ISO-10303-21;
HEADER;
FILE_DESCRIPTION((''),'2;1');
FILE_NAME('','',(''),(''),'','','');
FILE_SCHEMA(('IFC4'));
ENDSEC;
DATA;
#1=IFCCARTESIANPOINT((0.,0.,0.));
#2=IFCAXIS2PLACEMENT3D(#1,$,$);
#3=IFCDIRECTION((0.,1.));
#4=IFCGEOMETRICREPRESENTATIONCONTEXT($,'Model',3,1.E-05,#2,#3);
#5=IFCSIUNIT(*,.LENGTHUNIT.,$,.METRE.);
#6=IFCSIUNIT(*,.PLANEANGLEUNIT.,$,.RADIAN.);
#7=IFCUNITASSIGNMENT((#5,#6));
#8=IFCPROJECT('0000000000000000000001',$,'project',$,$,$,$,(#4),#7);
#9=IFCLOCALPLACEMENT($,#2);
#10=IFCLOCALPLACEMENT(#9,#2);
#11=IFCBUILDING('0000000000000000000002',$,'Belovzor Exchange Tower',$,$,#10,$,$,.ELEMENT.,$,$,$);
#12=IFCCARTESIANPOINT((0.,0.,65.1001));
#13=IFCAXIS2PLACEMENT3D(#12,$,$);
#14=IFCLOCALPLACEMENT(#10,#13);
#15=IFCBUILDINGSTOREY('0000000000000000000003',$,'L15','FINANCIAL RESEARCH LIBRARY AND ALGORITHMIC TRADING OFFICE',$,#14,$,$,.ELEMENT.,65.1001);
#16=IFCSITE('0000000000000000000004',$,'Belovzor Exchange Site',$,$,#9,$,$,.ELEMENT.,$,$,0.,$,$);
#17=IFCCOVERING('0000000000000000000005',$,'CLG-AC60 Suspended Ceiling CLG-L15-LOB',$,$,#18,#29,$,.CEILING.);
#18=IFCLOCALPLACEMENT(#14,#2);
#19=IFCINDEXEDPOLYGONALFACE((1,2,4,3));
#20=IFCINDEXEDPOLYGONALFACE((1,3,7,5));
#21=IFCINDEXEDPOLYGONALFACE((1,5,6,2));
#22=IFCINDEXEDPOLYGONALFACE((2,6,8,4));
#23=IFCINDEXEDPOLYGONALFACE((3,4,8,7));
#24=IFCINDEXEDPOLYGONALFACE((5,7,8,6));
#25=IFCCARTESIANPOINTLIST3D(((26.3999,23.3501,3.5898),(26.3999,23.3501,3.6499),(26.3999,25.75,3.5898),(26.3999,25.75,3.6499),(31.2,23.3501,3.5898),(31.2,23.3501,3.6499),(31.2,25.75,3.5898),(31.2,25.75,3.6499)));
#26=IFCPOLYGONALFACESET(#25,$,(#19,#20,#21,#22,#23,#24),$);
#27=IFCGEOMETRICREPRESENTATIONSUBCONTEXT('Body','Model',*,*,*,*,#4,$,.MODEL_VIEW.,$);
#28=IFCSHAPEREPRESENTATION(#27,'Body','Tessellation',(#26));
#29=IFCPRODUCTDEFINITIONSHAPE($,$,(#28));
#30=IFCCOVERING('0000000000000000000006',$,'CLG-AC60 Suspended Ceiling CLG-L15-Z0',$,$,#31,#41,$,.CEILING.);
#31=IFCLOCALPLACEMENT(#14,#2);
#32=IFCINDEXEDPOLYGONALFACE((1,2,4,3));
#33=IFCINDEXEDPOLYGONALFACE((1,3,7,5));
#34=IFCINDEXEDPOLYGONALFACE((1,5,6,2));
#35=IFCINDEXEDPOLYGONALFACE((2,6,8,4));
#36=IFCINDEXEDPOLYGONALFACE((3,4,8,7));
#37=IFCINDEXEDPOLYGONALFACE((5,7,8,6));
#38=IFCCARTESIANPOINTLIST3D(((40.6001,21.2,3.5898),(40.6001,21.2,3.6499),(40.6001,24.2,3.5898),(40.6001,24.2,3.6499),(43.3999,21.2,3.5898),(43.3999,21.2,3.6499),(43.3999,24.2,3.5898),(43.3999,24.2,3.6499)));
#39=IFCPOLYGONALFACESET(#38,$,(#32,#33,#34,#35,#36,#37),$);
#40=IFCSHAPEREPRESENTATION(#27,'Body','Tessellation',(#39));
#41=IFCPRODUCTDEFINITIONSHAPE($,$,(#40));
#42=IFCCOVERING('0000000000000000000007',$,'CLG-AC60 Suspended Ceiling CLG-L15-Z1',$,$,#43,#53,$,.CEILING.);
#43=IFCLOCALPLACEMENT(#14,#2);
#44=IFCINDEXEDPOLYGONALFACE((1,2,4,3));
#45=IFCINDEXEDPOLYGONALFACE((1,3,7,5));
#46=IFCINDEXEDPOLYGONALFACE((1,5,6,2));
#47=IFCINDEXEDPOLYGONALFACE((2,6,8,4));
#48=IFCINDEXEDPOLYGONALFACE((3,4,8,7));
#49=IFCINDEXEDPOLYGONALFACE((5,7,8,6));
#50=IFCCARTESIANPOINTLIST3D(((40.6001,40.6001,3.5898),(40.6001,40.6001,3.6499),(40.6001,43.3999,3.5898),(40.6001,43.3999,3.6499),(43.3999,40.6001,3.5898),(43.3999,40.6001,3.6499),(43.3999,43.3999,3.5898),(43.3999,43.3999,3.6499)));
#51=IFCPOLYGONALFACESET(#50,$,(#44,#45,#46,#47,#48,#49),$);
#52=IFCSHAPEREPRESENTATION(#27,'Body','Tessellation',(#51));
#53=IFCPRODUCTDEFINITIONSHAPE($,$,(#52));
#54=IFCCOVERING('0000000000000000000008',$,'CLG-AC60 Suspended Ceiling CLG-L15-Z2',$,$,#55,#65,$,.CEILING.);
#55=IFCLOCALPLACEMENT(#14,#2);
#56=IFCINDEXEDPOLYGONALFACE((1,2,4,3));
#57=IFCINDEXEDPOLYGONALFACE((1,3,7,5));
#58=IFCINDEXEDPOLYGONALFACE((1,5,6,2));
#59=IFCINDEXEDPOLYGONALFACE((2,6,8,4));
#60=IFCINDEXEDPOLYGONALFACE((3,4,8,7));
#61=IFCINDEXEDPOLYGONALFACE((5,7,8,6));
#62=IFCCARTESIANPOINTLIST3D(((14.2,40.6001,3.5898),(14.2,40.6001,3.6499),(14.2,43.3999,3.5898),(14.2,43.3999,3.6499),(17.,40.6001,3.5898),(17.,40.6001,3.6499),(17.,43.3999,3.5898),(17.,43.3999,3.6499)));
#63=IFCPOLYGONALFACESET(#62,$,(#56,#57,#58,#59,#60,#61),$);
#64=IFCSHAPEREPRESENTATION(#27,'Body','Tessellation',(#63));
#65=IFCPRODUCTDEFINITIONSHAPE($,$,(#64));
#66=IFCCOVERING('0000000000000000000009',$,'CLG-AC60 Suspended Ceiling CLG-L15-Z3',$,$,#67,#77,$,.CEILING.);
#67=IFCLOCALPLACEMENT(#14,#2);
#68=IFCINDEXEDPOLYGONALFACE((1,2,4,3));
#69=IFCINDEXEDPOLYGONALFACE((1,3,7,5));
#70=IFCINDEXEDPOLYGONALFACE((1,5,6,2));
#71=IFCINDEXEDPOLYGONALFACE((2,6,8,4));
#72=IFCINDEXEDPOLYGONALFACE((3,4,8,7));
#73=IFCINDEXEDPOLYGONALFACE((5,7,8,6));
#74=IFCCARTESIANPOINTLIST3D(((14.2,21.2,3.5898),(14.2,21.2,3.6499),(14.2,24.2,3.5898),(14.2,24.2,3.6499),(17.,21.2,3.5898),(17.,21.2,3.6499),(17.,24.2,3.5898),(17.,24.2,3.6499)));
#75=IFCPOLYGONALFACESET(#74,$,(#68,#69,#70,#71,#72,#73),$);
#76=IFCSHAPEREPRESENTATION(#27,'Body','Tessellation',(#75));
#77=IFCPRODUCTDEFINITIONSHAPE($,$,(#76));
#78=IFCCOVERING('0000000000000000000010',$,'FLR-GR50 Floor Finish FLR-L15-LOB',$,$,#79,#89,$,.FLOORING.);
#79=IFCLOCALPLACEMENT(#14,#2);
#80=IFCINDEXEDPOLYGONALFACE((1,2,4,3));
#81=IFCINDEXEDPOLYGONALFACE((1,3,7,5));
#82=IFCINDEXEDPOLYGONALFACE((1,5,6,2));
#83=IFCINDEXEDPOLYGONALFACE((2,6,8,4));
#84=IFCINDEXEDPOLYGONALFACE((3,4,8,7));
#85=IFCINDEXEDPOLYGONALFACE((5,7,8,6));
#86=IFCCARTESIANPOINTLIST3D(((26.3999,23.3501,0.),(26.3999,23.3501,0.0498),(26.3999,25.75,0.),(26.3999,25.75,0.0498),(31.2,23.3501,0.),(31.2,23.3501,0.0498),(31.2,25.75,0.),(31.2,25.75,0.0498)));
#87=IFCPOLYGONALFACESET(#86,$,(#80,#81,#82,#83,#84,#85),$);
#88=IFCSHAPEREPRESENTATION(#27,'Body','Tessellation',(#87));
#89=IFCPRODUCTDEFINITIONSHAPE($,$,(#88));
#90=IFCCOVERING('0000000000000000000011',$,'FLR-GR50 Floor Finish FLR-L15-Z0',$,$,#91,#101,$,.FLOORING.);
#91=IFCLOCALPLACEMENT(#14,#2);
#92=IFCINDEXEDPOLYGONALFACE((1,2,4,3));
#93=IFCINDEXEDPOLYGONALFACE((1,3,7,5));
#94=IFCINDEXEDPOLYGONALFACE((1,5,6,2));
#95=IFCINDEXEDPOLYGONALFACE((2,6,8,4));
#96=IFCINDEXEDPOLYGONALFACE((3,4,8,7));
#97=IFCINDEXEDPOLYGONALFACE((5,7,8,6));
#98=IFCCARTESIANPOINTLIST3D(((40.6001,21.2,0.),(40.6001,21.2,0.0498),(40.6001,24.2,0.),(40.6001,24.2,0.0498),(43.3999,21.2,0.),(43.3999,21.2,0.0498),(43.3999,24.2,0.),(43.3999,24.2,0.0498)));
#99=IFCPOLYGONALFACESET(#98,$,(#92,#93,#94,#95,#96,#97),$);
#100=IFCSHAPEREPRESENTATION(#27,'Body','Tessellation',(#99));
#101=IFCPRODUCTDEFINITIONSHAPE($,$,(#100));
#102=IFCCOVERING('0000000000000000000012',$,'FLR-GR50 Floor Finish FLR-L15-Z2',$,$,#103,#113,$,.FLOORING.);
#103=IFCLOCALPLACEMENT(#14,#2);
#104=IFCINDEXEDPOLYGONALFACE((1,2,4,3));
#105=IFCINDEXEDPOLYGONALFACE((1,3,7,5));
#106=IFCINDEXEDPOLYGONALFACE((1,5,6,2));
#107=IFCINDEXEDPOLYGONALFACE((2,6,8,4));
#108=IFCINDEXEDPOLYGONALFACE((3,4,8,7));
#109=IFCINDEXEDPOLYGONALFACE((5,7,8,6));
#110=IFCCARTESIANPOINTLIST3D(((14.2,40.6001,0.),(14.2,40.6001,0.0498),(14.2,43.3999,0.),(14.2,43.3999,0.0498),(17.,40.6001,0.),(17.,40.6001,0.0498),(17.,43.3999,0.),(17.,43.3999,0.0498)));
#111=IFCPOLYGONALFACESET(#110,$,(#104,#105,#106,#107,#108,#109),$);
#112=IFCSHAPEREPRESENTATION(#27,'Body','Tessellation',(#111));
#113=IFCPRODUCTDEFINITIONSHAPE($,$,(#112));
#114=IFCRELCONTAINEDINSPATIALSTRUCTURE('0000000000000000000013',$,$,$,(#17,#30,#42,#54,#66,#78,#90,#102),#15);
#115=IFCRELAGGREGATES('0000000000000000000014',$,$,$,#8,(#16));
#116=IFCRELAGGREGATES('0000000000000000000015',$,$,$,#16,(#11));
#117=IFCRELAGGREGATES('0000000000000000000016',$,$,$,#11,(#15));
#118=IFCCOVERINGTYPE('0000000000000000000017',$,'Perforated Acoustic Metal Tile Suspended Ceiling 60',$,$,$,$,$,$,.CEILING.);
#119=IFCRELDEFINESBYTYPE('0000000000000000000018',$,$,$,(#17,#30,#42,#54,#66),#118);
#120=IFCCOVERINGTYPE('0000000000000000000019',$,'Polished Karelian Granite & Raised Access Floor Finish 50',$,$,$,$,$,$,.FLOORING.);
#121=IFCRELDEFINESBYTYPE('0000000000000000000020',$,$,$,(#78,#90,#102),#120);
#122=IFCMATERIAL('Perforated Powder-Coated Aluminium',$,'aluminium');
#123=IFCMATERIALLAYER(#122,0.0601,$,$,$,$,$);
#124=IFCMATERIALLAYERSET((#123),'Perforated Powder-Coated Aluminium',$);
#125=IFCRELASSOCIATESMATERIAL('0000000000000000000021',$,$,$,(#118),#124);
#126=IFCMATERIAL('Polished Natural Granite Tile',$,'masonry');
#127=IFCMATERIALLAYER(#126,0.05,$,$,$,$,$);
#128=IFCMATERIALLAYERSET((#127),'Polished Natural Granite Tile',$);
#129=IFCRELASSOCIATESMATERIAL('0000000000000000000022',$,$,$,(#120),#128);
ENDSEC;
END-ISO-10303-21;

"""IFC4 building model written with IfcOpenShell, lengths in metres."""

from ifc_helpers import new_model, si_unit, direction, frame, origin, place, context, subcontext, project, spatial, polyline, outline, extrude, material, layer, layer_set, type_object, element, save


model = new_model("IFC4")

# Units and contexts
model_context = context("Model", 3, precision=1e-05, world=origin(), true_north=direction((0.0, 1.0)))
body_context = subcontext(model_context, "Body", "Model", "MODEL_VIEW")
ifc_project = project(units=[si_unit("LENGTHUNIT", "METRE"), si_unit("PLANEANGLEUNIT", "RADIAN")], contexts=[model_context])

# Site, building, storey
site_placement = place(None, origin())
site = spatial("IfcSite", under=ifc_project, at=site_placement, Name="Belovzor Exchange Site", CompositionType="ELEMENT", RefElevation=0.0)
building_placement = place(site_placement, origin())
building = spatial("IfcBuilding", under=site, at=building_placement, Name="Belovzor Exchange Tower", CompositionType="ELEMENT")
storey_placement = place(building_placement, frame((0.0, 0.0, 65.1001)))
storey = spatial("IfcBuildingStorey", under=building, at=storey_placement, Name="L15", Description="FINANCIAL RESEARCH LIBRARY AND ALGORITHMIC TRADING OFFICE", CompositionType="ELEMENT", Elevation=65.1001)

# Coverings
ifc_material_1 = material(Name="Perforated Powder-Coated Aluminium", Category="aluminium")
ifc_layer_1 = layer(ifc_material_1, 0.0601)
ifc_layer_set_1 = layer_set([ifc_layer_1], Name="Perforated Powder-Coated Aluminium")
covering_type_1 = type_object("IfcCoveringType", Name="Perforated Acoustic Metal Tile Suspended Ceiling 60", PredefinedType="CEILING", material=ifc_layer_set_1)
covering_1_placement = place(storey_placement, frame((0.0, 0.0, 3.5898)))
element("IfcCovering", 1, at=covering_1_placement, inside=storey, type_object=covering_type_1, Name="CLG-AC60 Suspended Ceiling CLG-L15-LOB", PredefinedType="CEILING", context=body_context, shape_type="SweptSolid", body=[
    extrude(outline(polyline([(26.3999, 23.3501), (31.2, 23.3501), (31.2, 25.75), (26.3999, 25.75), (26.3999, 23.3501)])), origin(), (0.0, 0.0, 1.0), 0.0601),
])
covering_2_placement = place(storey_placement, frame((0.0, 0.0, 3.5898)))
element("IfcCovering", 2, at=covering_2_placement, inside=storey, type_object=covering_type_1, Name="CLG-AC60 Suspended Ceiling CLG-L15-Z0", PredefinedType="CEILING", context=body_context, shape_type="SweptSolid", body=[
    extrude(outline(polyline([(40.6001, 21.2), (43.3999, 21.2), (43.3999, 24.2), (40.6001, 24.2), (40.6001, 21.2)])), origin(), (0.0, 0.0, 1.0), 0.0601),
])
covering_3_placement = place(storey_placement, frame((0.0, 0.0, 3.5898)))
element("IfcCovering", 3, at=covering_3_placement, inside=storey, type_object=covering_type_1, Name="CLG-AC60 Suspended Ceiling CLG-L15-Z1", PredefinedType="CEILING", context=body_context, shape_type="SweptSolid", body=[
    extrude(outline(polyline([(40.6001, 40.6001), (43.3999, 40.6001), (43.3999, 43.3999), (40.6001, 43.3999), (40.6001, 40.6001)])), origin(), (0.0, 0.0, 1.0), 0.0601),
])
covering_4_placement = place(storey_placement, frame((0.0, 0.0, 3.5898)))
element("IfcCovering", 4, at=covering_4_placement, inside=storey, type_object=covering_type_1, Name="CLG-AC60 Suspended Ceiling CLG-L15-Z2", PredefinedType="CEILING", context=body_context, shape_type="SweptSolid", body=[
    extrude(outline(polyline([(14.2, 40.6001), (17.0, 40.6001), (17.0, 43.3999), (14.2, 43.3999), (14.2, 40.6001)])), origin(), (0.0, 0.0, 1.0), 0.0601),
])
covering_5_placement = place(storey_placement, frame((0.0, 0.0, 3.5898)))
element("IfcCovering", 5, at=covering_5_placement, inside=storey, type_object=covering_type_1, Name="CLG-AC60 Suspended Ceiling CLG-L15-Z3", PredefinedType="CEILING", context=body_context, shape_type="SweptSolid", body=[
    extrude(outline(polyline([(14.2, 21.2), (17.0, 21.2), (17.0, 24.2), (14.2, 24.2), (14.2, 21.2)])), origin(), (0.0, 0.0, 1.0), 0.0601),
])
ifc_material_2 = material(Name="Polished Natural Granite Tile", Category="masonry")
ifc_layer_2 = layer(ifc_material_2, 0.05)
ifc_layer_set_2 = layer_set([ifc_layer_2], Name="Polished Natural Granite Tile")
covering_type_2 = type_object("IfcCoveringType", Name="Polished Karelian Granite & Raised Access Floor Finish 50", PredefinedType="FLOORING", material=ifc_layer_set_2)
covering_6_placement = place(storey_placement, origin())
element("IfcCovering", 6, at=covering_6_placement, inside=storey, type_object=covering_type_2, Name="FLR-GR50 Floor Finish FLR-L15-LOB", PredefinedType="FLOORING", context=body_context, shape_type="SweptSolid", body=[
    extrude(outline(polyline([(26.3999, 23.3501), (31.2, 23.3501), (31.2, 25.75), (26.3999, 25.75), (26.3999, 23.3501)])), origin(), (0.0, 0.0, 1.0), 0.0498),
])
covering_7_placement = place(storey_placement, origin())
element("IfcCovering", 7, at=covering_7_placement, inside=storey, type_object=covering_type_2, Name="FLR-GR50 Floor Finish FLR-L15-Z0", PredefinedType="FLOORING", context=body_context, shape_type="SweptSolid", body=[
    extrude(outline(polyline([(40.6001, 21.2), (43.3999, 21.2), (43.3999, 24.2), (40.6001, 24.2), (40.6001, 21.2)])), origin(), (0.0, 0.0, 1.0), 0.0498),
])
covering_8_placement = place(storey_placement, origin())
element("IfcCovering", 8, at=covering_8_placement, inside=storey, type_object=covering_type_2, Name="FLR-GR50 Floor Finish FLR-L15-Z2", PredefinedType="FLOORING", context=body_context, shape_type="SweptSolid", body=[
    extrude(outline(polyline([(14.2, 40.6001), (17.0, 40.6001), (17.0, 43.3999), (14.2, 43.3999), (14.2, 40.6001)])), origin(), (0.0, 0.0, 1.0), 0.0498),
])

save(model, "model.ifc")
